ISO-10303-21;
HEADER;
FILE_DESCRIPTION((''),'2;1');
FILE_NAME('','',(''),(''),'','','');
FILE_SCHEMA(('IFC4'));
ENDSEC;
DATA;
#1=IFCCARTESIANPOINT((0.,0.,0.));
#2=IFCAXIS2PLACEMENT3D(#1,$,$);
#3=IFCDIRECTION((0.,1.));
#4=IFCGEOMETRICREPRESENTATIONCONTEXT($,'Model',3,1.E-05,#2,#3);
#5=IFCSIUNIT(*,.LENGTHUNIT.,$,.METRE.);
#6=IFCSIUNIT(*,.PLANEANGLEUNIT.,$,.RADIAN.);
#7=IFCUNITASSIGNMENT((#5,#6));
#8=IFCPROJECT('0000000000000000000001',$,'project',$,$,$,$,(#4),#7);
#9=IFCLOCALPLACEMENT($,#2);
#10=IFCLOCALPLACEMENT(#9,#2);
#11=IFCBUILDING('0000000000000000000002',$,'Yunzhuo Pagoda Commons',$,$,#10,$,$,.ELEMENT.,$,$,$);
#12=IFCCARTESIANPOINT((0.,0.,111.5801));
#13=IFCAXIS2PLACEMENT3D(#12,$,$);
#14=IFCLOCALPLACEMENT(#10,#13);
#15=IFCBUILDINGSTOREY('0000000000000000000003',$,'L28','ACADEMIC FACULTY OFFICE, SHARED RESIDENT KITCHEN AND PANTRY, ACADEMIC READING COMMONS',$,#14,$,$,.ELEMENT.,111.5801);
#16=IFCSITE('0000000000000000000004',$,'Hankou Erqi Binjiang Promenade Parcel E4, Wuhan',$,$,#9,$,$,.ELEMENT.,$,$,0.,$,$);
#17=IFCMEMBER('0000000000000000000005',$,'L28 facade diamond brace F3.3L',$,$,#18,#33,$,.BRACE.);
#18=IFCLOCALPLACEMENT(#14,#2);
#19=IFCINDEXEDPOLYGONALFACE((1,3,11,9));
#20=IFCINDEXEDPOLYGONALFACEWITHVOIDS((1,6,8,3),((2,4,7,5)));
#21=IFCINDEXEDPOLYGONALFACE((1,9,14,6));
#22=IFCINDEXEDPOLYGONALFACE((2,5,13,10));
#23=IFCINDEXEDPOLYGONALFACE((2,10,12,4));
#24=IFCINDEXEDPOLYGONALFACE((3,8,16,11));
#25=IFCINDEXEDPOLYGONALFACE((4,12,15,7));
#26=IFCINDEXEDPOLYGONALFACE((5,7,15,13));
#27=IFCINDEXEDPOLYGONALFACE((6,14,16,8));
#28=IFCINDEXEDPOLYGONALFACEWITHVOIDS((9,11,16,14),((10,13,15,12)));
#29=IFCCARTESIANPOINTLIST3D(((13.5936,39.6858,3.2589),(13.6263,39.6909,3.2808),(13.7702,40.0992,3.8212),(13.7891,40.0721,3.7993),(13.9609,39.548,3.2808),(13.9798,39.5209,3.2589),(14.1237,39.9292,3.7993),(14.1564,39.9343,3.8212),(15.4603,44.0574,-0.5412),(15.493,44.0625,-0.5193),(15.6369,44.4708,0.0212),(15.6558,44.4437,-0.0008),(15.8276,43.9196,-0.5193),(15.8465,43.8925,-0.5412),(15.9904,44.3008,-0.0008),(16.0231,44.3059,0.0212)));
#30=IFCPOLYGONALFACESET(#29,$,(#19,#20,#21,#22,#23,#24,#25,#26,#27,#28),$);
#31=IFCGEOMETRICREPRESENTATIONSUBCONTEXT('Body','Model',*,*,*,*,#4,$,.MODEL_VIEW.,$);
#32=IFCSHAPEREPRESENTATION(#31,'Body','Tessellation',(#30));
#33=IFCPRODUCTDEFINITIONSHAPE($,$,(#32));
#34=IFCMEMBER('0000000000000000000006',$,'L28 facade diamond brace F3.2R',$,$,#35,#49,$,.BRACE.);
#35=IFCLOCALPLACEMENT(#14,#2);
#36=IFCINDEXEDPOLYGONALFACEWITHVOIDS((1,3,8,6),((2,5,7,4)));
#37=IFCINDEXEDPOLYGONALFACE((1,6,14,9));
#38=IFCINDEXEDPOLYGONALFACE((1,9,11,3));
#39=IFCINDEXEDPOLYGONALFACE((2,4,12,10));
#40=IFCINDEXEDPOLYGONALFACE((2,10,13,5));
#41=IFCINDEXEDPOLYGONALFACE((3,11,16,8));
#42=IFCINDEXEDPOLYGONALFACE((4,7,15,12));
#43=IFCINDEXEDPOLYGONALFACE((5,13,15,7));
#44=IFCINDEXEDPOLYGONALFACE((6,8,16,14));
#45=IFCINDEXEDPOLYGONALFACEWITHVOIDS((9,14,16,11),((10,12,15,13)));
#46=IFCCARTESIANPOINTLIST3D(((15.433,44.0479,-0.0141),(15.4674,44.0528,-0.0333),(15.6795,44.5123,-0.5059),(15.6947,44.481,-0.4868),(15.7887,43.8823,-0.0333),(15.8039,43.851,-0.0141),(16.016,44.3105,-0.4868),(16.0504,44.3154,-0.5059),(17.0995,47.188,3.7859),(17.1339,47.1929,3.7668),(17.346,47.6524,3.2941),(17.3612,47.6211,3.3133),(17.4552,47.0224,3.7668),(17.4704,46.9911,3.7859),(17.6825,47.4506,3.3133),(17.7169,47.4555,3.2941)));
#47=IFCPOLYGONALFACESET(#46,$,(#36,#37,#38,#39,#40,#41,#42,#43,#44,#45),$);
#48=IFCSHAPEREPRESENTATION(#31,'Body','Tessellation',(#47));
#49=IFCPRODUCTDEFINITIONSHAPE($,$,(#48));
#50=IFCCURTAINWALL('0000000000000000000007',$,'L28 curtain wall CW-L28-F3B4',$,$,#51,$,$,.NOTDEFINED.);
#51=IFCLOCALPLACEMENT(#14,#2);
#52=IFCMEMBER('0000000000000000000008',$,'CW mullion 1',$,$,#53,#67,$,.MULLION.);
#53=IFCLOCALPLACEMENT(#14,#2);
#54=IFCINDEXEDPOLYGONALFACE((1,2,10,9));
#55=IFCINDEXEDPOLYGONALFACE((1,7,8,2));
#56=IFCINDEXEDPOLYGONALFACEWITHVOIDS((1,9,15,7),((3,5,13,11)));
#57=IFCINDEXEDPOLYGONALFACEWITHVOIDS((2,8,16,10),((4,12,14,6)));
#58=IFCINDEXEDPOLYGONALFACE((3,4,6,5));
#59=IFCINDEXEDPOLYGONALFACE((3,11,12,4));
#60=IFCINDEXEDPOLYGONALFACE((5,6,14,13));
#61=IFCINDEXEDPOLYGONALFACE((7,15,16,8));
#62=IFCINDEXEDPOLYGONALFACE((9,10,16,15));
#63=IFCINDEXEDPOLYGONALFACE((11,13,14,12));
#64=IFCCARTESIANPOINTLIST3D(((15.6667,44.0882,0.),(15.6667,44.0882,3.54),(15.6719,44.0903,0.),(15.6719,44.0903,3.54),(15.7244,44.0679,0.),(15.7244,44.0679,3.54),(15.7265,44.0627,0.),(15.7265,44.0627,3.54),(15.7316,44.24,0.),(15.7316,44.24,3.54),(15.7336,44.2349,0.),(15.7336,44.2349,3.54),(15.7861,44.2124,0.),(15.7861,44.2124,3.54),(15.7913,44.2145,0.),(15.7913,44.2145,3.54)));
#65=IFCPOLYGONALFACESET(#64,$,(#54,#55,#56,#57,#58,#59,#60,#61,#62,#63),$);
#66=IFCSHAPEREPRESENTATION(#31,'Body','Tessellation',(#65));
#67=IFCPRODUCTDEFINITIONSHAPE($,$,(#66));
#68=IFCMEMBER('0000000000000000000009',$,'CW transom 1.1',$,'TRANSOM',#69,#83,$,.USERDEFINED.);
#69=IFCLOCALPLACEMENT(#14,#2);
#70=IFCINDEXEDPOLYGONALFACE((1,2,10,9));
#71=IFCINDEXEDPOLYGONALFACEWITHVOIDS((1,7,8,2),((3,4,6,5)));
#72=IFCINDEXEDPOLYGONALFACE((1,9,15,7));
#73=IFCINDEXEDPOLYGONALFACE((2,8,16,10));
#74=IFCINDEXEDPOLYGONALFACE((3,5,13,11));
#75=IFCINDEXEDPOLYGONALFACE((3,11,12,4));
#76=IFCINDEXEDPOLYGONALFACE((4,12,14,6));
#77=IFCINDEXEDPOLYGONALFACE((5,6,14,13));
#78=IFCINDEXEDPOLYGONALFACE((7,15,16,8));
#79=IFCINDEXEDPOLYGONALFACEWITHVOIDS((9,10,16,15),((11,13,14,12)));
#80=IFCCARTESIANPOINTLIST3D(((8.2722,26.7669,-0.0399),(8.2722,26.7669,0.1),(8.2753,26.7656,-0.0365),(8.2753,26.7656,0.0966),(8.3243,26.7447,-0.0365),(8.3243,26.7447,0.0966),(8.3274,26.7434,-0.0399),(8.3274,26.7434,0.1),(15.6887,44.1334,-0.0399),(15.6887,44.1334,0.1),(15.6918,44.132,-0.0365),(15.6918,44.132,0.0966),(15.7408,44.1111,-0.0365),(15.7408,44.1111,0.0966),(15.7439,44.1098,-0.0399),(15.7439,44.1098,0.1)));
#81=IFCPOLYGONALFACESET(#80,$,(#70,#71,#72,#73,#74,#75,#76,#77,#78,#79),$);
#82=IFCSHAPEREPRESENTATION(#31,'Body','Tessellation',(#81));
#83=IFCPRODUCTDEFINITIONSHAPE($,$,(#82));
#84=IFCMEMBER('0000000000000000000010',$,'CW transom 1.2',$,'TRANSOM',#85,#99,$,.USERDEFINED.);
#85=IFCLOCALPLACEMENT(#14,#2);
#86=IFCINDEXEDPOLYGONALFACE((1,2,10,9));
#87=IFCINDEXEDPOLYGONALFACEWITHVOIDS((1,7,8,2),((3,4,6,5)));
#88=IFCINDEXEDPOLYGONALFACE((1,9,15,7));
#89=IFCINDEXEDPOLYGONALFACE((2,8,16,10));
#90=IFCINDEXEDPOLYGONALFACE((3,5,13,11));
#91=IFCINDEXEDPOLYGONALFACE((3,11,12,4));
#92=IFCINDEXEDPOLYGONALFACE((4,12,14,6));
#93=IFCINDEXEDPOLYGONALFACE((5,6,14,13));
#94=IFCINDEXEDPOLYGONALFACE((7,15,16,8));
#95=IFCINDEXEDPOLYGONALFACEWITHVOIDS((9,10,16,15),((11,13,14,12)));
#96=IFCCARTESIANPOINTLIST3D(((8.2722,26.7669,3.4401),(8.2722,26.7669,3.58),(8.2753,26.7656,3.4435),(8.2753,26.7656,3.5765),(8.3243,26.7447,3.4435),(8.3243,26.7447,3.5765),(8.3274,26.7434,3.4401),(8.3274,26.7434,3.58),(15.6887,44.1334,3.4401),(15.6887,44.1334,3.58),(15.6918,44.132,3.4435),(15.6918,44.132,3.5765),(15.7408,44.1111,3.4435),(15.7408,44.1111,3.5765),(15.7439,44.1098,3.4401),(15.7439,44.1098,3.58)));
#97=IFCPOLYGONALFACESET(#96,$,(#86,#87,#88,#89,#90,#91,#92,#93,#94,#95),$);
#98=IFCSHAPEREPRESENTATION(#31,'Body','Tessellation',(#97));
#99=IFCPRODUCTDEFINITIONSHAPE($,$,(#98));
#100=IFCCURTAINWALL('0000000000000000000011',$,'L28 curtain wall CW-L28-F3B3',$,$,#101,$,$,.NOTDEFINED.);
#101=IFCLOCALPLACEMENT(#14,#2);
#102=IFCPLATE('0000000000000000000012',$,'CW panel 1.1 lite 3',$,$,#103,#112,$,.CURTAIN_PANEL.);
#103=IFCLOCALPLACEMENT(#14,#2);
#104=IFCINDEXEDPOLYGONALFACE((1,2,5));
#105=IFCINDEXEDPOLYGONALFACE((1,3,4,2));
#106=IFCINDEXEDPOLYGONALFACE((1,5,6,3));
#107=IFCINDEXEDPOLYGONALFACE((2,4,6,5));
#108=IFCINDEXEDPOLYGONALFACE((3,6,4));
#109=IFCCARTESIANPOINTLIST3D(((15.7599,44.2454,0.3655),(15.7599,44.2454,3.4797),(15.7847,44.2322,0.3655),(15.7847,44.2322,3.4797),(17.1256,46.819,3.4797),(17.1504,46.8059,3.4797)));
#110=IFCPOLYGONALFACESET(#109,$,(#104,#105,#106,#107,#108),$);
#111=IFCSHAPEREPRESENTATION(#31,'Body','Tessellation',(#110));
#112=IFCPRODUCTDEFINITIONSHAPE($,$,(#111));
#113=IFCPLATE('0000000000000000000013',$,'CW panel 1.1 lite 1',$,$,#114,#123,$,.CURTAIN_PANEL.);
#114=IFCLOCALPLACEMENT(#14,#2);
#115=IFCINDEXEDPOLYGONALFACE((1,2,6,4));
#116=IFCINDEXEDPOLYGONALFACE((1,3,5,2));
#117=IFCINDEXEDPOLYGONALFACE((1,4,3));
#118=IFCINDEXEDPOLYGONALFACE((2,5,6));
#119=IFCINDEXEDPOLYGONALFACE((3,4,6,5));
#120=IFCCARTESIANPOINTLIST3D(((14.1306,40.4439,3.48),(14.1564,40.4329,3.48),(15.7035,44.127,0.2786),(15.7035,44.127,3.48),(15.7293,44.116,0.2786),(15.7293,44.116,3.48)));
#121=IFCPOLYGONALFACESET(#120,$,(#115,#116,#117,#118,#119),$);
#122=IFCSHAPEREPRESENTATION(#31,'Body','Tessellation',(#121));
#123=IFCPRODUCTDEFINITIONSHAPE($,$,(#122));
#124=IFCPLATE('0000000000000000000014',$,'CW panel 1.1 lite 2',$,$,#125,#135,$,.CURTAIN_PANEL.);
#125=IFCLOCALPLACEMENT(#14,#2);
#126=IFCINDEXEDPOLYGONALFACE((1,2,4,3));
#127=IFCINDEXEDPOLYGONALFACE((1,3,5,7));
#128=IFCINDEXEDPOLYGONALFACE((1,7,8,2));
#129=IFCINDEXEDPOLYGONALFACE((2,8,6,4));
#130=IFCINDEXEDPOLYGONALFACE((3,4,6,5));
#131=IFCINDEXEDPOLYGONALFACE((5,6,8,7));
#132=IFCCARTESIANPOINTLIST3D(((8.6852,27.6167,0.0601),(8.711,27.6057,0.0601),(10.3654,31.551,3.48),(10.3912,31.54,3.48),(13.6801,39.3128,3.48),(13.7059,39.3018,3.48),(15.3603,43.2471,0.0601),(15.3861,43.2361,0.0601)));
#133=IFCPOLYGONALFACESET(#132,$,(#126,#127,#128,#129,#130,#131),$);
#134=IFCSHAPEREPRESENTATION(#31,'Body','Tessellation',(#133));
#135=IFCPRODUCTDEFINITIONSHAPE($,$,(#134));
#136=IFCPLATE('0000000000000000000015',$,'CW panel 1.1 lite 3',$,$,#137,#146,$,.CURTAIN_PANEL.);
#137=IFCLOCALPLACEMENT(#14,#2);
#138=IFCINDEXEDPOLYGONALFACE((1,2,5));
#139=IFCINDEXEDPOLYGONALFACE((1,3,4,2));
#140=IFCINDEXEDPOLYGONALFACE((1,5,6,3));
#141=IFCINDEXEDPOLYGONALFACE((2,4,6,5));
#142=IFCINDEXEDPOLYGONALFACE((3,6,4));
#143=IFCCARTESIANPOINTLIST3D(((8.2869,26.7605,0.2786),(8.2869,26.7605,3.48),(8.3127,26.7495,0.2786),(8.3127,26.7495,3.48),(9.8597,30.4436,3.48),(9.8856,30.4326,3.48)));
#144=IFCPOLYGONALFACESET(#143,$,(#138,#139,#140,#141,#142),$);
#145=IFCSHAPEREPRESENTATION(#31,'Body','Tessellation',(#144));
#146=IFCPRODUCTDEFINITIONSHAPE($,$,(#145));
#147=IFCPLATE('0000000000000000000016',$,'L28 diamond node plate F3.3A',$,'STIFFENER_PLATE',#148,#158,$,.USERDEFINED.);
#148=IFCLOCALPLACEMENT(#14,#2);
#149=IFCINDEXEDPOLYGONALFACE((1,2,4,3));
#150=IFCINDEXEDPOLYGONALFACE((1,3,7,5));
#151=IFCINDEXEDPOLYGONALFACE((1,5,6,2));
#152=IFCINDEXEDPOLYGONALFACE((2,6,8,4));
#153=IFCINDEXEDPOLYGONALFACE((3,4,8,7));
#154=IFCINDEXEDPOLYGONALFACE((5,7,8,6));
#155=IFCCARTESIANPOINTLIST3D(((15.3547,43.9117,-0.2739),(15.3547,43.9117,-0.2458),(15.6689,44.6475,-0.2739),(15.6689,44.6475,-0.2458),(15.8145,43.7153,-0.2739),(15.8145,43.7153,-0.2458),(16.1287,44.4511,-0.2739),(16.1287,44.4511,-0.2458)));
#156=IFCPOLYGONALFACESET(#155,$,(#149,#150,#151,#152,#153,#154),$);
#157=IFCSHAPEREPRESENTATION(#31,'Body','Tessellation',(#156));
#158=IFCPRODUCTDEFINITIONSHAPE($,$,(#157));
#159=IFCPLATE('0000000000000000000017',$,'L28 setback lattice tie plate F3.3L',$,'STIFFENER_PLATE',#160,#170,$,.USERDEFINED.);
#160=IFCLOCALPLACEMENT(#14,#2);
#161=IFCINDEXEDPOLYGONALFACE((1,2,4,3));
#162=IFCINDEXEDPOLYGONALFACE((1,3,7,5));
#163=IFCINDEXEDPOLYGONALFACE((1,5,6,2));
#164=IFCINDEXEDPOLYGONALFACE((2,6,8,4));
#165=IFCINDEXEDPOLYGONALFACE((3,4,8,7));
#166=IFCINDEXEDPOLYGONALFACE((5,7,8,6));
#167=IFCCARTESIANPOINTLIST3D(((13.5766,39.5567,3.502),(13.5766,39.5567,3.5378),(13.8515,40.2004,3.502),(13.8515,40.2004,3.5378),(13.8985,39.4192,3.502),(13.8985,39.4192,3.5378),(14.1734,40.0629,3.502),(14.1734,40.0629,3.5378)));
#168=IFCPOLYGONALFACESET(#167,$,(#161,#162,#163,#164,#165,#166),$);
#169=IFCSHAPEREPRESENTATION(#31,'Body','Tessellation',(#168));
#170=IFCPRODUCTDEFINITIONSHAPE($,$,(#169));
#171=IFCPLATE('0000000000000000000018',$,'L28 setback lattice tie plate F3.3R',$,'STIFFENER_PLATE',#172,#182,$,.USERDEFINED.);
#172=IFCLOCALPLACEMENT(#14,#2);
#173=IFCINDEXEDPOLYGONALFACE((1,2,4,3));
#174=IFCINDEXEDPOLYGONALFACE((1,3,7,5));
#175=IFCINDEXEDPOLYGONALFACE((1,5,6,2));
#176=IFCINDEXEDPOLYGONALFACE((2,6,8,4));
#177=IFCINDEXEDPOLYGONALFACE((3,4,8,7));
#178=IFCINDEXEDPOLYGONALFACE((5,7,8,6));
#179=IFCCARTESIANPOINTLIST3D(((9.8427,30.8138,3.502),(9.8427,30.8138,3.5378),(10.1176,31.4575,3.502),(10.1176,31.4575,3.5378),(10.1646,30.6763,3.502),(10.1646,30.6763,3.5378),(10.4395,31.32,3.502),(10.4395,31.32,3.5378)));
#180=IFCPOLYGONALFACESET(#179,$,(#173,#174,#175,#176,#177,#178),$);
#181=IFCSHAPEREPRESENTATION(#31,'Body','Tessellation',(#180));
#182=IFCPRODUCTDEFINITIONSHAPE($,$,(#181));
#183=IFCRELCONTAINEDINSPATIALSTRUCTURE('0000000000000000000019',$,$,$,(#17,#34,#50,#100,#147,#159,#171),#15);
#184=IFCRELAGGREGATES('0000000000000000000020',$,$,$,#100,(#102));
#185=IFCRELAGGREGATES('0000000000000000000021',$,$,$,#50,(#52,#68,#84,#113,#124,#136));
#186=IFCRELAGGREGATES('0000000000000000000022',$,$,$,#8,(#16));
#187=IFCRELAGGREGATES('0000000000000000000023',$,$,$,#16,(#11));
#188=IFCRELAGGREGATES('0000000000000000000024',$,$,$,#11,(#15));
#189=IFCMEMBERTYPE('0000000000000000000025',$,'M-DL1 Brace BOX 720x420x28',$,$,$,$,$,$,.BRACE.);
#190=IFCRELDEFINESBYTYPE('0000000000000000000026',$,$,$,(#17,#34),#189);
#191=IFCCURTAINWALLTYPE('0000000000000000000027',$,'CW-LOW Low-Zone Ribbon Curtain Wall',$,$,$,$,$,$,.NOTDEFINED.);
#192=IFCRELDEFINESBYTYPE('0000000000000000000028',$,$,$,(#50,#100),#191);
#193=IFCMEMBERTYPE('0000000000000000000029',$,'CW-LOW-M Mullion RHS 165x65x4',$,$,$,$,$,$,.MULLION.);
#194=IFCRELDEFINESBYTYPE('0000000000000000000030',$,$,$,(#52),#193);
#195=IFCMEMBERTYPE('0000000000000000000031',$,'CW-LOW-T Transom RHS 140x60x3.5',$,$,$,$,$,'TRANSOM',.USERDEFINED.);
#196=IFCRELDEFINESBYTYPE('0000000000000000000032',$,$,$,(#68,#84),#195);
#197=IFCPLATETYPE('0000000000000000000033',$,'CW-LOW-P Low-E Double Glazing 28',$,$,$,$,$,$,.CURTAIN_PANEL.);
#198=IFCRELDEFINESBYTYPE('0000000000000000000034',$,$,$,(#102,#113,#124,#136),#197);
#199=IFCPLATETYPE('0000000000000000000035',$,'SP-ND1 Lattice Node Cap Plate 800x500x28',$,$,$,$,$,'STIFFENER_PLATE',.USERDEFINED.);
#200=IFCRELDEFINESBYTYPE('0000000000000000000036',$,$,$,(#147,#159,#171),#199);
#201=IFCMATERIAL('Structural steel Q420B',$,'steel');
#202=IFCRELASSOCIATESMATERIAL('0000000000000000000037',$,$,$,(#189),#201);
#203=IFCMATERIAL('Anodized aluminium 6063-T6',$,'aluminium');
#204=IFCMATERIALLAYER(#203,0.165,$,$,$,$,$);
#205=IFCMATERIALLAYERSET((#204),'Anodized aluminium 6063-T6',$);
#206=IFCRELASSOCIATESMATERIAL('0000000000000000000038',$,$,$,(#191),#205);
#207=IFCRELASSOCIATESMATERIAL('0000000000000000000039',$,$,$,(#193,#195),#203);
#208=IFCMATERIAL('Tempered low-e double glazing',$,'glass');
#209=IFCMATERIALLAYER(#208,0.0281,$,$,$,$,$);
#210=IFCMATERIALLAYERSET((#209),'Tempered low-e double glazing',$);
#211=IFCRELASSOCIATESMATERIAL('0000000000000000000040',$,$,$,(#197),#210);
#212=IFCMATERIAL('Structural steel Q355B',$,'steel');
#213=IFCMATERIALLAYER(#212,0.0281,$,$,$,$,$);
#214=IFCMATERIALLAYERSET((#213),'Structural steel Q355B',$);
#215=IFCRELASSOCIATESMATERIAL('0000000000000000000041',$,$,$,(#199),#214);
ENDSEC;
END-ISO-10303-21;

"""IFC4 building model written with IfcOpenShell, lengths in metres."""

from ifc_helpers import new_model, si_unit, direction, frame, origin, origin_2d, place, context, subcontext, project, spatial, polyline, rectangle, hollow_rectangle, outline, extrude, source, transform, mapped, material, layer, layer_set, material_profile, profile_set, type_object, element, aggregate, save


model = new_model("IFC4")

# Units and contexts
model_context = context("Model", 3, precision=1e-05, world=origin(), true_north=direction((0.0, 1.0)))
body_context = subcontext(model_context, "Body", "Model", "MODEL_VIEW")
ifc_project = project(units=[si_unit("LENGTHUNIT", "METRE"), si_unit("PLANEANGLEUNIT", "RADIAN")], contexts=[model_context])

# Site, building, storey
site_placement = place(None, origin())
site = spatial("IfcSite", under=ifc_project, at=site_placement, Name="Hankou Erqi Binjiang Promenade Parcel E4, Wuhan", CompositionType="ELEMENT", RefElevation=0.0)
building_placement = place(site_placement, origin())
building = spatial("IfcBuilding", under=site, at=building_placement, Name="Yunzhuo Pagoda Commons", CompositionType="ELEMENT")
storey_placement = place(building_placement, frame((0.0, 0.0, 111.5801)))
storey = spatial("IfcBuildingStorey", under=building, at=storey_placement, Name="L28", Description="ACADEMIC FACULTY OFFICE, SHARED RESIDENT KITCHEN AND PANTRY, ACADEMIC READING COMMONS", CompositionType="ELEMENT", Elevation=111.5801)

# Shared definitions
ifc_material_1 = material(Name="Structural steel Q420B", Category="steel")

# Shared definitions
ifc_material_2 = material(Name="Structural steel Q355B", Category="steel")

# Members
ifc_material_profile_1 = material_profile(ifc_material_1, hollow_rectangle(XDim=0.4199, YDim=0.72, WallThickness=0.0281, at=origin_2d()), Name="Structural steel Q420B")
ifc_profile_set_1 = profile_set([ifc_material_profile_1], Name="Structural steel Q420B")
member_type_1 = type_object("IfcMemberType", Name="M-DL1 Brace BOX 720x420x28", PredefinedType="BRACE", material=ifc_profile_set_1)
shared_shape_1 = source(origin(), body_context, "Body", "SweptSolid", [
    extrude(hollow_rectangle(XDim=0.4199, YDim=0.72, WallThickness=0.0281, at=origin_2d()), origin(), (0.0, 0.0, 1.0), 6.0857),
])
member_1_placement = place(storey_placement, frame((15.7417, 44.1816, -0.26), z_axis=(-0.306736, -0.718338, 0.624423), x_axis=(0.919665, -0.392704, 0.0)))
element("IfcMember", 1, at=member_1_placement, inside=storey, type_object=member_type_1, Name="L28 facade diamond brace F3.3L", PredefinedType="BRACE", context=body_context, shape_type="MappedRepresentation", body=[
    mapped(shared_shape_1, transform((0.0, 0.0, 0.0), scale=1.0)),
])
shared_shape_2 = source(origin(), body_context, "Body", "SweptSolid", [
    extrude(hollow_rectangle(XDim=0.4199, YDim=0.72, WallThickness=0.0281, at=origin_2d()), origin(), (0.0, 0.0, 1.0), 5.2036),
])
member_2_placement = place(storey_placement, frame((15.7417, 44.1816, -0.26), z_axis=(0.320256, 0.603448, 0.730265), x_axis=(-0.883313, 0.468784, 0.0)))
element("IfcMember", 2, at=member_2_placement, inside=storey, type_object=member_type_1, Name="L28 facade diamond brace F3.2R", PredefinedType="BRACE", context=body_context, shape_type="MappedRepresentation", body=[
    mapped(shared_shape_2, transform((0.0, 0.0, 0.0), scale=1.0)),
])

# Curtain wall, members
ifc_material_3 = material(Name="Anodized aluminium 6063-T6", Category="aluminium")
ifc_layer_1 = layer(ifc_material_3, 0.165)
ifc_layer_set_1 = layer_set([ifc_layer_1], Name="Anodized aluminium 6063-T6")
curtain_wall_type = type_object("IfcCurtainWallType", Name="CW-LOW Low-Zone Ribbon Curtain Wall", PredefinedType="NOTDEFINED", material=ifc_layer_set_1)
curtain_wall_1_placement = place(storey_placement, origin())
curtain_wall_1 = element("IfcCurtainWall", 3, at=curtain_wall_1_placement, inside=storey, type_object=curtain_wall_type, Name="L28 curtain wall CW-L28-F3B4", PredefinedType="NOTDEFINED")
ifc_material_profile_2 = material_profile(ifc_material_3, hollow_rectangle(XDim=0.0649, YDim=0.165, WallThickness=0.0039, at=origin_2d()), Name="Anodized aluminium 6063-T6")
ifc_profile_set_2 = profile_set([ifc_material_profile_2], Name="Anodized aluminium 6063-T6")
member_type_2 = type_object("IfcMemberType", Name="CW-LOW-M Mullion RHS 165x65x4", PredefinedType="MULLION", material=ifc_profile_set_2)
shared_shape_3 = source(origin(), body_context, "Body", "SweptSolid", [
    extrude(hollow_rectangle(XDim=0.0649, YDim=0.165, WallThickness=0.0039, at=origin_2d()), origin(), (0.0, 0.0, 1.0), 3.54),
])
member_3_placement = place(storey_placement, frame((15.729, 44.1514, 0.0), z_axis=(0.0, 0.0, 1.0), x_axis=(0.919649, -0.392742, 0.0)))
member_3 = element("IfcMember", 4, at=member_3_placement, type_object=member_type_2, Name="CW mullion 1", PredefinedType="MULLION", context=body_context, shape_type="MappedRepresentation", body=[
    mapped(shared_shape_3, transform((0.0, 0.0, 0.0), scale=1.0)),
])
ifc_material_profile_3 = material_profile(ifc_material_3, hollow_rectangle(XDim=0.0601, YDim=0.1399, WallThickness=0.0034, at=origin_2d()), Name="Anodized aluminium 6063-T6")
ifc_profile_set_3 = profile_set([ifc_material_profile_3], Name="Anodized aluminium 6063-T6")
member_type_3 = type_object("IfcMemberType", Name="CW-LOW-T Transom RHS 140x60x3.5", ElementType="TRANSOM", PredefinedType="USERDEFINED", material=ifc_profile_set_3)
shared_shape_4 = source(origin(), body_context, "Body", "SweptSolid", [
    extrude(hollow_rectangle(XDim=0.0601, YDim=0.1399, WallThickness=0.0034, at=origin_2d()), origin(), (0.0, 0.0, 1.0), 18.8838),
])
member_4_placement = place(storey_placement, frame((15.7163, 44.1216, 0.03), z_axis=(-0.392744, -0.919648, 0.0), x_axis=(0.919648, -0.392744, 0.0)))
member_4 = element("IfcMember", 5, at=member_4_placement, type_object=member_type_3, Name="CW transom 1.1", ObjectType="TRANSOM", PredefinedType="USERDEFINED", context=body_context, shape_type="MappedRepresentation", body=[
    mapped(shared_shape_4, transform((0.0, 0.0, 0.0), scale=1.0)),
])
member_5_placement = place(storey_placement, frame((15.7163, 44.1216, 3.51), z_axis=(-0.392744, -0.919648, 0.0), x_axis=(0.919648, -0.392744, 0.0)))
member_5 = element("IfcMember", 6, at=member_5_placement, type_object=member_type_3, Name="CW transom 1.2", ObjectType="TRANSOM", PredefinedType="USERDEFINED", context=body_context, shape_type="MappedRepresentation", body=[
    mapped(shared_shape_4, transform((0.0, 0.0, 0.0), scale=1.0)),
])

# Curtain wall, plate
curtain_wall_2_placement = place(storey_placement, origin())
curtain_wall_2 = element("IfcCurtainWall", 7, at=curtain_wall_2_placement, inside=storey, type_object=curtain_wall_type, Name="L28 curtain wall CW-L28-F3B3", PredefinedType="NOTDEFINED")
ifc_material_4 = material(Name="Tempered low-e double glazing", Category="glass")
ifc_layer_2 = layer(ifc_material_4, 0.0281)
ifc_layer_set_2 = layer_set([ifc_layer_2], Name="Tempered low-e double glazing")
plate_type_1 = type_object("IfcPlateType", Name="CW-LOW-P Low-E Double Glazing 28", PredefinedType="CURTAIN_PANEL", material=ifc_layer_set_2)
plate_1_placement = place(storey_placement, frame((16.4675, 45.519, 1.9226), z_axis=(-0.883333, 0.468746, 0.0), x_axis=(-0.468746, -0.883333, 0.0)))
plate_1 = element("IfcPlate", 8, at=plate_1_placement, type_object=plate_type_1, Name="CW panel 1.1 lite 3", PredefinedType="CURTAIN_PANEL", context=body_context, shape_type="SweptSolid", body=[
    extrude(outline(polyline([(-1.4568, 1.5571), (1.4568, -1.5571), (1.4568, 1.5571), (-1.4568, 1.5571)])), origin(), (0.0, 0.0, 1.0), 0.0281),
])
aggregate(curtain_wall_2, [plate_1])

# Plates
plate_2_placement = place(storey_placement, frame((14.9429, 42.2744, 1.8792), z_axis=(-0.919649, 0.392742, 0.0), x_axis=(-0.392742, -0.919649, 0.0)))
plate_2 = element("IfcPlate", 9, at=plate_2_placement, type_object=plate_type_1, Name="CW panel 1.1 lite 1", PredefinedType="CURTAIN_PANEL", context=body_context, shape_type="SweptSolid", body=[
    extrude(outline(polyline([(-2.0024, -1.6006), (2.0024, 1.6008), (-2.0024, 1.6008), (-2.0024, -1.6006)])), origin(), (0.0, 0.0, 1.0), 0.0281),
])
plate_3_placement = place(storey_placement, frame((12.0486, 35.4209, 1.77), z_axis=(-0.919649, 0.392742, 0.0), x_axis=(-0.392742, -0.919649, 0.0)))
plate_3 = element("IfcPlate", 10, at=plate_3_placement, type_object=plate_type_1, Name="CW panel 1.1 lite 2", PredefinedType="CURTAIN_PANEL", context=body_context, shape_type="SweptSolid", body=[
    extrude(outline(polyline([(-8.498, -1.71), (8.498, -1.71), (4.22, 1.71), (-4.22, 1.71), (-8.498, -1.71)])), origin(), (0.0, 0.0, 1.0), 0.0281),
])
plate_4_placement = place(storey_placement, frame((9.0991, 28.5911, 1.8792), z_axis=(-0.919649, 0.392742, 0.0), x_axis=(-0.392742, -0.919649, 0.0)))
plate_4 = element("IfcPlate", 11, at=plate_4_placement, type_object=plate_type_1, Name="CW panel 1.1 lite 3", PredefinedType="CURTAIN_PANEL", context=body_context, shape_type="SweptSolid", body=[
    extrude(outline(polyline([(-2.0024, 1.6008), (2.0024, -1.6006), (2.0024, 1.6008), (-2.0024, 1.6008)])), origin(), (0.0, 0.0, 1.0), 0.0281),
])
aggregate(curtain_wall_1, [member_3, member_4, member_5, plate_2, plate_3, plate_4])

# Plates
ifc_layer_3 = layer(ifc_material_2, 0.0281)
ifc_layer_set_3 = layer_set([ifc_layer_3], Name="Structural steel Q355B")
plate_type_2 = type_object("IfcPlateType", Name="SP-ND1 Lattice Node Cap Plate 800x500x28", ElementType="STIFFENER_PLATE", PredefinedType="USERDEFINED", material=ifc_layer_set_3)
shared_shape_5 = source(origin(), body_context, "Body", "SweptSolid", [
    extrude(rectangle(XDim=0.8, YDim=0.5, at=origin_2d()), origin(), (0.0, 0.0, 1.0), 0.0281),
])
plate_5_placement = place(storey_placement, frame((15.7417, 44.1814, -0.2739), z_axis=(0.0, 0.0, 1.0), x_axis=(-0.392738, -0.91965, 0.0)))
element("IfcPlate", 12, at=plate_5_placement, inside=storey, type_object=plate_type_2, Name="L28 diamond node plate F3.3A", ObjectType="STIFFENER_PLATE", PredefinedType="USERDEFINED", context=body_context, shape_type="MappedRepresentation", body=[
    mapped(shared_shape_5, transform((0.0, 0.0, 0.0), scale=1.0)),
])
shared_shape_6 = source(origin(), body_context, "Body", "SweptSolid", [
    extrude(rectangle(XDim=0.7, YDim=0.3501, at=origin_2d()), origin(), (0.0, 0.0, 1.0), 0.0359),
])
for number, where, z_axis, x_axis, name in (
    (13, (13.875, 39.8098, 3.502), (0.0, 0.0, 1.0), (-0.392738, -0.91965, 0.0), "L28 setback lattice tie plate F3.3L"),
    (14, (10.1411, 31.0669, 3.502), (0.0, 0.0, 1.0), (-0.392738, -0.91965, 0.0), "L28 setback lattice tie plate F3.3R"),
):
    element("IfcPlate", number, at=place(storey_placement, frame(where, z_axis=z_axis, x_axis=x_axis)), inside=storey, type_object=plate_type_2, Name=name, ObjectType="STIFFENER_PLATE", PredefinedType="USERDEFINED", context=body_context, shape_type="MappedRepresentation", body=[
        mapped(shared_shape_6, transform((0.0, 0.0, 0.0), scale=1.0)),
    ])

save(model, "model.ifc")
